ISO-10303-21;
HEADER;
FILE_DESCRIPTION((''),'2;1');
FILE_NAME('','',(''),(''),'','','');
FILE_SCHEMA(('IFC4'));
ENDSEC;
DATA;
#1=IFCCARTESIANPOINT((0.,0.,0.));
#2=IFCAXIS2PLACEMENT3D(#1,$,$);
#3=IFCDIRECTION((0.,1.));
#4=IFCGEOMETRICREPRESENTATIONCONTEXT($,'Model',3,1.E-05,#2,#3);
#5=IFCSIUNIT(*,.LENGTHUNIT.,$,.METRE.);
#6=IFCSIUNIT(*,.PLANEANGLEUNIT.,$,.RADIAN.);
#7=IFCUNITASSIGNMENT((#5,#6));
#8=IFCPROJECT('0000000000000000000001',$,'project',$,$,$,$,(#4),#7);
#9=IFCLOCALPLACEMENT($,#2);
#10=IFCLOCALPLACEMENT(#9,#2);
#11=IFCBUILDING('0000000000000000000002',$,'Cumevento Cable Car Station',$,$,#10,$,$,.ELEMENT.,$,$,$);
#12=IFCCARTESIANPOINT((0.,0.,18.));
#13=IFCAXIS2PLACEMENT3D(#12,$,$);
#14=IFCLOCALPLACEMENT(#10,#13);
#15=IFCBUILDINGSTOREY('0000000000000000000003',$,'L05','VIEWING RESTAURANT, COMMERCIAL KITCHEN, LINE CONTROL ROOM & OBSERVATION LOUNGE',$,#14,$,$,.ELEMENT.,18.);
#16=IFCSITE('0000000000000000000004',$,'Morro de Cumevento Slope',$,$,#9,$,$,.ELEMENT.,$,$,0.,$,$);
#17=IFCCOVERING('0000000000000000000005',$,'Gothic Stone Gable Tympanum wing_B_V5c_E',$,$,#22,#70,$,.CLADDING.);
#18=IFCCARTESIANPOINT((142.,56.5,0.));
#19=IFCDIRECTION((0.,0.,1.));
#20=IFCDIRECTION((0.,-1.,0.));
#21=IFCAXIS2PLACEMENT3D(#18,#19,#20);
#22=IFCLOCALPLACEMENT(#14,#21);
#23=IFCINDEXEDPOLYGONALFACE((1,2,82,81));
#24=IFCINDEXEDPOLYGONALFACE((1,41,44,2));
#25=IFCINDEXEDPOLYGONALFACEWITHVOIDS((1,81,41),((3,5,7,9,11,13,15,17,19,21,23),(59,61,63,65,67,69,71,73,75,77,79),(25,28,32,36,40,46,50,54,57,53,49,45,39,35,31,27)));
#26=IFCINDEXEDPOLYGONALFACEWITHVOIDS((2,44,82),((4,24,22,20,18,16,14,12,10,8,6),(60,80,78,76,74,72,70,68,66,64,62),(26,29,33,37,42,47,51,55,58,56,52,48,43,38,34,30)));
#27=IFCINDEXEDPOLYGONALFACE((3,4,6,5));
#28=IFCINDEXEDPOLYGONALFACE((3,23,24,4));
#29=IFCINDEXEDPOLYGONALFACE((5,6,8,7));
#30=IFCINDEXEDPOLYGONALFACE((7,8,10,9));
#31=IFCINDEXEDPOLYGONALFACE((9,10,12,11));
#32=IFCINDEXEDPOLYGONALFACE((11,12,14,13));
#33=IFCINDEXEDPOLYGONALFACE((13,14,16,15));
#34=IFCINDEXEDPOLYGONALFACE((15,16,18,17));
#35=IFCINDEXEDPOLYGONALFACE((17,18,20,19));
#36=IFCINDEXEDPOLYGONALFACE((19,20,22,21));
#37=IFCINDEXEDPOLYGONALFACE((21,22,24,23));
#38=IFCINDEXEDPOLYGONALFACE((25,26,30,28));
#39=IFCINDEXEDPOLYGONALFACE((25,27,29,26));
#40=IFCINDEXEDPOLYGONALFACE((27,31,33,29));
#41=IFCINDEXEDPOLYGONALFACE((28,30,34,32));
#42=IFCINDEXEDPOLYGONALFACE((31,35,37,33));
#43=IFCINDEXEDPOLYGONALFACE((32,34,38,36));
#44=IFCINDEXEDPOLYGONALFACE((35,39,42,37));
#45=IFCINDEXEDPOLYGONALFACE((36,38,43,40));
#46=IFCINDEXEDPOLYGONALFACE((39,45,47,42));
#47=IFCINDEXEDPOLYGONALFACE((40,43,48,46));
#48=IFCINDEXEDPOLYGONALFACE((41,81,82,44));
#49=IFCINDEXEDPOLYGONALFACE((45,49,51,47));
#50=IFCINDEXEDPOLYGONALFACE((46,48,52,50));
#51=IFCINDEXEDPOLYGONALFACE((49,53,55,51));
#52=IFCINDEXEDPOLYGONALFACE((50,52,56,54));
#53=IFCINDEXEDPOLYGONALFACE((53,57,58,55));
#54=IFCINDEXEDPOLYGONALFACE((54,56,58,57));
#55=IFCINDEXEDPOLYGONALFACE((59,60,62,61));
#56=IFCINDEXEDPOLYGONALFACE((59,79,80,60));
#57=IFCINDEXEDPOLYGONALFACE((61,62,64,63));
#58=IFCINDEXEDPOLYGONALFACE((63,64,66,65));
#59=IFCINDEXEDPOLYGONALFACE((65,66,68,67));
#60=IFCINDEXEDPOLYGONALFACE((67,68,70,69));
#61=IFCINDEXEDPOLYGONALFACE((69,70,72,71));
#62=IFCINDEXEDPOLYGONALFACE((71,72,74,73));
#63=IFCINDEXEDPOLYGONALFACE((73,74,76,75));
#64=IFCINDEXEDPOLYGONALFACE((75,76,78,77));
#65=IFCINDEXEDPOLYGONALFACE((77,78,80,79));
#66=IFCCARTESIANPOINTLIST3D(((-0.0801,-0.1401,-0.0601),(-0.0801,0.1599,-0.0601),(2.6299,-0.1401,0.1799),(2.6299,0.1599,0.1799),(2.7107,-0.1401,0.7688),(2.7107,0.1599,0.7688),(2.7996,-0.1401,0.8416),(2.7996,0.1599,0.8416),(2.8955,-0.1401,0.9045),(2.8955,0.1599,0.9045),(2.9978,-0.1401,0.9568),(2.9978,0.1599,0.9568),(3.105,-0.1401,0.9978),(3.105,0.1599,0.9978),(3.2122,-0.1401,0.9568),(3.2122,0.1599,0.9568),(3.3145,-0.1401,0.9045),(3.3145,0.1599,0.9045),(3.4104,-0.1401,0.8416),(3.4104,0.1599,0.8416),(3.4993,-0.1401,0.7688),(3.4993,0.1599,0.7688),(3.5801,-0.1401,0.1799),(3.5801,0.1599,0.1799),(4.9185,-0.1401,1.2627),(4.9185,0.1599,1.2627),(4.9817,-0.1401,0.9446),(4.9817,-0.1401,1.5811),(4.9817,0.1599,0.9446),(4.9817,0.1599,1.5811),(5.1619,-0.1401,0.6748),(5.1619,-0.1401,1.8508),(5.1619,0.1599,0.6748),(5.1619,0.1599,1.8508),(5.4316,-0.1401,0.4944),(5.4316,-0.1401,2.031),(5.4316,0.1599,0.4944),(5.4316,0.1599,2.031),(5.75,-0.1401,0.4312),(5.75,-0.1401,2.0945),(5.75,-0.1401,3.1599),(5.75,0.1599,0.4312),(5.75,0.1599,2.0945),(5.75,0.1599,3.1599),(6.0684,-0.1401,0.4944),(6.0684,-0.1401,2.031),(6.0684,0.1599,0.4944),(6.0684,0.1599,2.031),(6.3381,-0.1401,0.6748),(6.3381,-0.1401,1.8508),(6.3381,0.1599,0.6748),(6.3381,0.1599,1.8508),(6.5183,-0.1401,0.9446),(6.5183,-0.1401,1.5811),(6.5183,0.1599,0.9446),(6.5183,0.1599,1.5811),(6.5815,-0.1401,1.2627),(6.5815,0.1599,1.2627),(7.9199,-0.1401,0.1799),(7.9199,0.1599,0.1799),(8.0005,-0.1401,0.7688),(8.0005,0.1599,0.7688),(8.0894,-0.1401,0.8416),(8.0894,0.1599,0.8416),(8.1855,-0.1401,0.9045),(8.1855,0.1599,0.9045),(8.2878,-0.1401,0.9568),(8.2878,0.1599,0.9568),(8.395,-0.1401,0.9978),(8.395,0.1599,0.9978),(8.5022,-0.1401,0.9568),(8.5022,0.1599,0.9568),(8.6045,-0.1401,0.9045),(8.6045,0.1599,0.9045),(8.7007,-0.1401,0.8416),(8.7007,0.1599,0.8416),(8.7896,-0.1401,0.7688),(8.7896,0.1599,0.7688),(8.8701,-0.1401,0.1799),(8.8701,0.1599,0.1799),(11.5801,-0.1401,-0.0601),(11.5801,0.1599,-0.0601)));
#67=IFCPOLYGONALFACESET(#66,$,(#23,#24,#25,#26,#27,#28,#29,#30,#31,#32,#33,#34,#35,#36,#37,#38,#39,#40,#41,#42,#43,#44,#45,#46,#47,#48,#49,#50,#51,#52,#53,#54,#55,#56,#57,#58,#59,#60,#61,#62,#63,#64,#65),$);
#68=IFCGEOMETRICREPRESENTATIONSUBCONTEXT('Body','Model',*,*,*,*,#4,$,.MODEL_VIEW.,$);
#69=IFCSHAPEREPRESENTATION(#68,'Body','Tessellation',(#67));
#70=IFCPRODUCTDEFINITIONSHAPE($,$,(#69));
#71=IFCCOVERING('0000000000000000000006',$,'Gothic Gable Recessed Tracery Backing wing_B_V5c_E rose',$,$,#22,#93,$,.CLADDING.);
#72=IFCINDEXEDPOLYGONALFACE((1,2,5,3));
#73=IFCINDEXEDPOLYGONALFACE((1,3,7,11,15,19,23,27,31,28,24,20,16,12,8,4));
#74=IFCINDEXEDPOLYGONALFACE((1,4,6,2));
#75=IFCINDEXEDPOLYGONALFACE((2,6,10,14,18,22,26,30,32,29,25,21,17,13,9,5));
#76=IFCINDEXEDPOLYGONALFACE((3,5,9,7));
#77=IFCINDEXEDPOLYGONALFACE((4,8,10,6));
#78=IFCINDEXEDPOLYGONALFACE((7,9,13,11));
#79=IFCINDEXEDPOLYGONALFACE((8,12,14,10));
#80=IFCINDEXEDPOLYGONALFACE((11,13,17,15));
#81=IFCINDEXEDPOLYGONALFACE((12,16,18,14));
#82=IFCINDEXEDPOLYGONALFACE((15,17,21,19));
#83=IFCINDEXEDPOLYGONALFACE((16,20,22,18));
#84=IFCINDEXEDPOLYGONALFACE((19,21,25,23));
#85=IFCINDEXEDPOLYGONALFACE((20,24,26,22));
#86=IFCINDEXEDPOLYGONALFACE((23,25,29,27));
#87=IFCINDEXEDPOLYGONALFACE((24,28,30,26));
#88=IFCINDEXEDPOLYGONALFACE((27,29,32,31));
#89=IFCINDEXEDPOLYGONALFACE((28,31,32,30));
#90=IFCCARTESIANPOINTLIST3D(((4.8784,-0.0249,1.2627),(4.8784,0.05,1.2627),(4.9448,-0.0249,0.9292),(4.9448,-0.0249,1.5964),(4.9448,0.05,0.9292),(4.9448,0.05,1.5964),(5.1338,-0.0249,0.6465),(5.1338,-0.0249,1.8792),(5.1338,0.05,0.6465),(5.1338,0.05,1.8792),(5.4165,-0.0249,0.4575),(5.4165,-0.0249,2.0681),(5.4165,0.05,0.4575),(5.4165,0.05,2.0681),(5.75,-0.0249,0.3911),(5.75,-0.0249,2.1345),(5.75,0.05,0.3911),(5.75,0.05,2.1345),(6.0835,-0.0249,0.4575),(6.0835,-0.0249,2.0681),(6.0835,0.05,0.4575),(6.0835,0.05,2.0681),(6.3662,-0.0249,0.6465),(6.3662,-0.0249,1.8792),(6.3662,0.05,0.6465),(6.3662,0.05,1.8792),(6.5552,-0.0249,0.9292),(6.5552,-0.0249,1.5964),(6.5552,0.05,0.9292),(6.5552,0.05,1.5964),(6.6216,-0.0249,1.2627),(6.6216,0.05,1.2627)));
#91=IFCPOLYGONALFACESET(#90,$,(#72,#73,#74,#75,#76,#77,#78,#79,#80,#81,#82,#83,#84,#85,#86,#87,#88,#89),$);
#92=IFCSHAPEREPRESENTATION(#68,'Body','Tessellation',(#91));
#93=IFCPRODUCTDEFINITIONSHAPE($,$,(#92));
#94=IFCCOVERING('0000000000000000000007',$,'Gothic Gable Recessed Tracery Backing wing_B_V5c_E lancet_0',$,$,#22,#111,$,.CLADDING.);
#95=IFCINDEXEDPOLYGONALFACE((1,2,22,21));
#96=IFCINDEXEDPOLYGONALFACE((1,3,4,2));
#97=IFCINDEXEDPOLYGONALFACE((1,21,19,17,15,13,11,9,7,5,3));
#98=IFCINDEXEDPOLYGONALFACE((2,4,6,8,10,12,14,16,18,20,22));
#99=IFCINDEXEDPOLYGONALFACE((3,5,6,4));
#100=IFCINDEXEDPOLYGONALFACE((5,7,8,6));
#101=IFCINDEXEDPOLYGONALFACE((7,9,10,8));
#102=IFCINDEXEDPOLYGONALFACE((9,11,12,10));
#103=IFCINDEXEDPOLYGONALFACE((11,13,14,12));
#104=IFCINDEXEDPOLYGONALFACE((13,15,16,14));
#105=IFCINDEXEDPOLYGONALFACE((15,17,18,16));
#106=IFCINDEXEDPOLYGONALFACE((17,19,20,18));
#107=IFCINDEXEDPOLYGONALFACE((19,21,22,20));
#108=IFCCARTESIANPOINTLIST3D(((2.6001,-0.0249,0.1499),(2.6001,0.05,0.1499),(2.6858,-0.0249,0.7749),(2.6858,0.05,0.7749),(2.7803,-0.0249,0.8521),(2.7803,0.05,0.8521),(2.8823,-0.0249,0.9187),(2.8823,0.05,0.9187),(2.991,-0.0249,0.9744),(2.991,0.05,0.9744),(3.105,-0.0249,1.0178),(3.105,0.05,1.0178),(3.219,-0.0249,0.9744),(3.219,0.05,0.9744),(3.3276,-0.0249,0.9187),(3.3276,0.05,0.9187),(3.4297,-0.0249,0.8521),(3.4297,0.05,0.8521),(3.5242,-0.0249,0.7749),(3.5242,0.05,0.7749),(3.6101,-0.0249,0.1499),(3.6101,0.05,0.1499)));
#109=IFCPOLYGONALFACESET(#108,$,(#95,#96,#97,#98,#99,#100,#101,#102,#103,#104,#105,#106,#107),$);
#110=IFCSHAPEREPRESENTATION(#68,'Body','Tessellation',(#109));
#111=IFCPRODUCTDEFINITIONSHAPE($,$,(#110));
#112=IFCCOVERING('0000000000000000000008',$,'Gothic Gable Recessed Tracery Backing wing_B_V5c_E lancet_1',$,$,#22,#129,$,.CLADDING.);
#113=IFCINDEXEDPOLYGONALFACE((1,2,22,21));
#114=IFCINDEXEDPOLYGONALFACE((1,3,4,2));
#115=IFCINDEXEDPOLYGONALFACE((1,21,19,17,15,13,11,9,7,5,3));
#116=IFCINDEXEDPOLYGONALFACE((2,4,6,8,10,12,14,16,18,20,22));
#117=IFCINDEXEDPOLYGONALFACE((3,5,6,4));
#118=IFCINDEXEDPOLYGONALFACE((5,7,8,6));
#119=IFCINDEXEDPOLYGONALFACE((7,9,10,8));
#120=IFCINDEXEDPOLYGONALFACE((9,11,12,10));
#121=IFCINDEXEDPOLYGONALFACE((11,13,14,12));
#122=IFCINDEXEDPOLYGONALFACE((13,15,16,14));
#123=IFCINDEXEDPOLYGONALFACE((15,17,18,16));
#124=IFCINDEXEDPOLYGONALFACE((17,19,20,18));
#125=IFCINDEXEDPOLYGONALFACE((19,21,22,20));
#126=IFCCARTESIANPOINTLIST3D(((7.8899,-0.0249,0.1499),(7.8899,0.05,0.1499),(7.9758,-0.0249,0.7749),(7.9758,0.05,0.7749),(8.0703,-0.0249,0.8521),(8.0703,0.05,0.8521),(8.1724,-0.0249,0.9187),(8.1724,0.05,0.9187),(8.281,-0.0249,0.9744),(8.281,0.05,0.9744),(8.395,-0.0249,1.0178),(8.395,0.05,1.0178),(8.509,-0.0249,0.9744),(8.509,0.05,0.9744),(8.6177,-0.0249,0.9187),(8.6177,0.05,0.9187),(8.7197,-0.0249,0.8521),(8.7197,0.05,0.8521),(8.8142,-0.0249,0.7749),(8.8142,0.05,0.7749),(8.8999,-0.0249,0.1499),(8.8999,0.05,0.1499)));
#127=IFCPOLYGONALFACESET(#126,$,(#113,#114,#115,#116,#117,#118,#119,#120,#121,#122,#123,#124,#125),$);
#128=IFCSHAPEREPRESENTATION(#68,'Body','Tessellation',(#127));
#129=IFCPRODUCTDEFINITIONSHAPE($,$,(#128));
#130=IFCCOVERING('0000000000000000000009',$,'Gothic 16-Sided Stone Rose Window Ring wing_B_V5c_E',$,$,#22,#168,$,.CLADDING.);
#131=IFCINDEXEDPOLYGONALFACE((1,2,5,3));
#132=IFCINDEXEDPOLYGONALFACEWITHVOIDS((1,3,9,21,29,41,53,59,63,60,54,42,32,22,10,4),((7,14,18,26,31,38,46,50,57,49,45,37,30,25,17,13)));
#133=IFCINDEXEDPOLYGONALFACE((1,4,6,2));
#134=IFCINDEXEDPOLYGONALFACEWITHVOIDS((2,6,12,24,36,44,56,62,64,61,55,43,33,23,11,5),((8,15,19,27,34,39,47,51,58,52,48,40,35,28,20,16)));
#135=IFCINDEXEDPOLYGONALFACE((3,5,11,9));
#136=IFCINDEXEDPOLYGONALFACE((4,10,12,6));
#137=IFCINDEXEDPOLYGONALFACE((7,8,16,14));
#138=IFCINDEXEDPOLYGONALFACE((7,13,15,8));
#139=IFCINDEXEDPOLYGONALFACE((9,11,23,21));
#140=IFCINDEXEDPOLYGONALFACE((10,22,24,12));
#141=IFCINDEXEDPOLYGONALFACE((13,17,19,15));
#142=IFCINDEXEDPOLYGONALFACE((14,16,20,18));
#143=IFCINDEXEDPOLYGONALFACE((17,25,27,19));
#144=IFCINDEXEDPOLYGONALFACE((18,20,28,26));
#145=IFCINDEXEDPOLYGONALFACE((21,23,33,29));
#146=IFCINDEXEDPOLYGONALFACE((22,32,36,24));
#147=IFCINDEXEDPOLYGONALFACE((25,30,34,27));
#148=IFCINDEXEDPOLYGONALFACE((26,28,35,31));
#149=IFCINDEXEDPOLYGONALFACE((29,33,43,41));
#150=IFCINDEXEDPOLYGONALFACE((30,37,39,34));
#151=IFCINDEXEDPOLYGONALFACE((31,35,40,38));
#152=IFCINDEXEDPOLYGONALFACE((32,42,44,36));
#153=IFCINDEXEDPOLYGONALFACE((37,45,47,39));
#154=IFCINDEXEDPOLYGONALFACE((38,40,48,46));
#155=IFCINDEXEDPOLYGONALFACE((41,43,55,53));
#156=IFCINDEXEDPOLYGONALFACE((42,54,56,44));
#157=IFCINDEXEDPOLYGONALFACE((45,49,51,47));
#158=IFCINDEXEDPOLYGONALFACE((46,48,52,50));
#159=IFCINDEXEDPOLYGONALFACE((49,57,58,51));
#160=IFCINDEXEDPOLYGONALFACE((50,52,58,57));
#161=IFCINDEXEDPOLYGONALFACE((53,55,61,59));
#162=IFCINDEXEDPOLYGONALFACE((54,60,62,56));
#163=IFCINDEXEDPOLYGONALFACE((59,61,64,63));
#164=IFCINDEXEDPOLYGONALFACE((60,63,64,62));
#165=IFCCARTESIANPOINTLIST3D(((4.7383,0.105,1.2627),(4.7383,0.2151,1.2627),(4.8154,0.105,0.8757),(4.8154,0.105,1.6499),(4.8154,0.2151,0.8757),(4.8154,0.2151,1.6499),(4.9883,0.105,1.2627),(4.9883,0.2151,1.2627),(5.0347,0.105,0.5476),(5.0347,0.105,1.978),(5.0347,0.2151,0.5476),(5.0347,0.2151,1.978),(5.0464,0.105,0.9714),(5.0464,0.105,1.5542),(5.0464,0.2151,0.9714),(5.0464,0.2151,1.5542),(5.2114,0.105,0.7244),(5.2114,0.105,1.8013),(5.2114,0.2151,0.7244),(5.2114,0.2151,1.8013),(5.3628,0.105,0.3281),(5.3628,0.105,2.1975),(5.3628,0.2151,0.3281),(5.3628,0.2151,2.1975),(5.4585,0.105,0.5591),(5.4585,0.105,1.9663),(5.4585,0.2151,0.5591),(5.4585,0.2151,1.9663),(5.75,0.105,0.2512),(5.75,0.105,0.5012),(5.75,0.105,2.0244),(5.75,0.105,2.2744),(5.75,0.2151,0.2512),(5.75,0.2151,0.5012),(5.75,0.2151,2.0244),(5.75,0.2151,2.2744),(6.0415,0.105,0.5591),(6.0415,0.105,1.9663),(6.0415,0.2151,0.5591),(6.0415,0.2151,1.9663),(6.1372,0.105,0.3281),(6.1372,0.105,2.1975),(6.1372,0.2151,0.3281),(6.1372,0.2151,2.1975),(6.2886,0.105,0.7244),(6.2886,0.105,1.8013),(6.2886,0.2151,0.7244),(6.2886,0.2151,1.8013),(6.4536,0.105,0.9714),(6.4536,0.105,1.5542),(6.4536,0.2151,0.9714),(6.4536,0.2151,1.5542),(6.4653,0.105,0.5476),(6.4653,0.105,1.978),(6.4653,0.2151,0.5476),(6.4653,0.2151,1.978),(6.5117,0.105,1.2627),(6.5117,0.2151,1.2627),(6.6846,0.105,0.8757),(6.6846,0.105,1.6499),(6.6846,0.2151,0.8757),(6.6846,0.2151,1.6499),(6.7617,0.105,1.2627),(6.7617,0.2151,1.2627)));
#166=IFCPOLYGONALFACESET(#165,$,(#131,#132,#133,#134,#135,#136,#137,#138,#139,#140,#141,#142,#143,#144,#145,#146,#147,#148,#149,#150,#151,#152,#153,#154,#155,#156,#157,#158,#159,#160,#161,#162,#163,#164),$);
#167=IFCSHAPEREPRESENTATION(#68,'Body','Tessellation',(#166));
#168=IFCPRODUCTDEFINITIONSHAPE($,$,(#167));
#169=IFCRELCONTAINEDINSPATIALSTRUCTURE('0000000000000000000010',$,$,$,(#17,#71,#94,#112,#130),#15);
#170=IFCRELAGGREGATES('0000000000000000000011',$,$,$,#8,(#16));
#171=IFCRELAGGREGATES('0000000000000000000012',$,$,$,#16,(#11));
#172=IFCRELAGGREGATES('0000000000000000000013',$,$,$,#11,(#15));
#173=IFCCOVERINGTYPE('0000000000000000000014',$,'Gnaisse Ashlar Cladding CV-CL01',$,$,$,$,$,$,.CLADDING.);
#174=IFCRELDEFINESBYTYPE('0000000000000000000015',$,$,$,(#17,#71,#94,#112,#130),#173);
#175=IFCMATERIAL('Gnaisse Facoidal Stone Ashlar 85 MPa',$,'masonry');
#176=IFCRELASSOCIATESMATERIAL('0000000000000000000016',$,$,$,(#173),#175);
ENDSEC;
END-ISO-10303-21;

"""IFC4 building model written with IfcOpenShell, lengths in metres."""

from ifc_helpers import new_model, si_unit, direction, frame, origin, place, context, subcontext, project, spatial, polyline, outline, extrude, material, type_object, element, save


model = new_model("IFC4")

# Units and contexts
model_context = context("Model", 3, precision=1e-05, world=origin(), true_north=direction((0.0, 1.0)))
body_context = subcontext(model_context, "Body", "Model", "MODEL_VIEW")
ifc_project = project(units=[si_unit("LENGTHUNIT", "METRE"), si_unit("PLANEANGLEUNIT", "RADIAN")], contexts=[model_context])

# Site, building, storey
site_placement = place(None, origin())
site = spatial("IfcSite", under=ifc_project, at=site_placement, Name="Morro de Cumevento Slope", CompositionType="ELEMENT", RefElevation=0.0)
building_placement = place(site_placement, origin())
building = spatial("IfcBuilding", under=site, at=building_placement, Name="Cumevento Cable Car Station", CompositionType="ELEMENT")
storey_placement = place(building_placement, frame((0.0, 0.0, 18.0)))
storey = spatial("IfcBuildingStorey", under=building, at=storey_placement, Name="L05", Description="VIEWING RESTAURANT, COMMERCIAL KITCHEN, LINE CONTROL ROOM & OBSERVATION LOUNGE", CompositionType="ELEMENT", Elevation=18.0)

# Coverings
ifc_material_1 = material(Name="Gnaisse Facoidal Stone Ashlar 85 MPa", Category="masonry")
covering_type = type_object("IfcCoveringType", Name="Gnaisse Ashlar Cladding CV-CL01", PredefinedType="CLADDING", material=ifc_material_1)
placement = place(storey_placement, frame((142.0, 56.5, 0.0), z_axis=(0.0, 0.0, 1.0), x_axis=(0.0, -1.0, 0.0)))
element("IfcCovering", 1, at=placement, inside=storey, type_object=covering_type, Name="Gothic Stone Gable Tympanum wing_B_V5c_E", PredefinedType="CLADDING", context=body_context, shape_type="SweptSolid", body=[
    extrude(outline(polyline([(-0.0801, -0.0601), (11.5801, -0.0601), (5.75, 3.1599), (-0.0801, -0.0601)]), holes=[polyline([(6.5815, 1.2627), (6.5183, 1.5811), (6.3381, 1.8508), (6.0684, 2.031), (5.75, 2.0945), (5.4316, 2.031), (5.1619, 1.8508), (4.9817, 1.5811), (4.9185, 1.2627), (4.9817, 0.9446), (5.1619, 0.6748), (5.4316, 0.4944), (5.75, 0.4312), (6.0684, 0.4944), (6.3381, 0.6748), (6.5183, 0.9446), (6.5815, 1.2627)]), polyline([(2.6299, 0.1799), (3.5801, 0.1799), (3.4993, 0.7688), (3.4104, 0.8416), (3.3145, 0.9045), (3.2122, 0.9568), (3.105, 0.9978), (2.9978, 0.9568), (2.8955, 0.9045), (2.7996, 0.8416), (2.7107, 0.7688), (2.6299, 0.1799)]), polyline([(7.9199, 0.1799), (8.8701, 0.1799), (8.7896, 0.7688), (8.7007, 0.8416), (8.6045, 0.9045), (8.5022, 0.9568), (8.395, 0.9978), (8.2878, 0.9568), (8.1855, 0.9045), (8.0894, 0.8416), (8.0005, 0.7688), (7.9199, 0.1799)])]), frame((0.0, 0.1599, 0.0), z_axis=(0.0, -1.0, 0.0), x_axis=(1.0, 0.0, 0.0)), (0.0, 0.0, 1.0), 0.3),
])
element("IfcCovering", 2, at=placement, inside=storey, type_object=covering_type, Name="Gothic Gable Recessed Tracery Backing wing_B_V5c_E rose", PredefinedType="CLADDING", context=body_context, shape_type="SweptSolid", body=[
    extrude(outline(polyline([(6.6216, 1.2627), (6.5552, 1.5964), (6.3662, 1.8792), (6.0835, 2.0681), (5.75, 2.1345), (5.4165, 2.0681), (5.1338, 1.8792), (4.9448, 1.5964), (4.8784, 1.2627), (4.9448, 0.9292), (5.1338, 0.6465), (5.4165, 0.4575), (5.75, 0.3911), (6.0835, 0.4575), (6.3662, 0.6465), (6.5552, 0.9292), (6.6216, 1.2627)])), frame((0.0, 0.05, 0.0), z_axis=(0.0, -1.0, 0.0), x_axis=(1.0, 0.0, 0.0)), (0.0, 0.0, 1.0), 0.075),
])
element("IfcCovering", 3, at=placement, inside=storey, type_object=covering_type, Name="Gothic Gable Recessed Tracery Backing wing_B_V5c_E lancet_0", PredefinedType="CLADDING", context=body_context, shape_type="SweptSolid", body=[
    extrude(outline(polyline([(2.6001, 0.1499), (3.6101, 0.1499), (3.5242, 0.7749), (3.4297, 0.8521), (3.3276, 0.9187), (3.219, 0.9744), (3.105, 1.0178), (2.991, 0.9744), (2.8823, 0.9187), (2.7803, 0.8521), (2.6858, 0.7749), (2.6001, 0.1499)])), frame((0.0, 0.05, 0.0), z_axis=(0.0, -1.0, 0.0), x_axis=(1.0, 0.0, 0.0)), (0.0, 0.0, 1.0), 0.075),
])
element("IfcCovering", 4, at=placement, inside=storey, type_object=covering_type, Name="Gothic Gable Recessed Tracery Backing wing_B_V5c_E lancet_1", PredefinedType="CLADDING", context=body_context, shape_type="SweptSolid", body=[
    extrude(outline(polyline([(7.8899, 0.1499), (8.8999, 0.1499), (8.8142, 0.7749), (8.7197, 0.8521), (8.6177, 0.9187), (8.509, 0.9744), (8.395, 1.0178), (8.281, 0.9744), (8.1724, 0.9187), (8.0703, 0.8521), (7.9758, 0.7749), (7.8899, 0.1499)])), frame((0.0, 0.05, 0.0), z_axis=(0.0, -1.0, 0.0), x_axis=(1.0, 0.0, 0.0)), (0.0, 0.0, 1.0), 0.075),
])
element("IfcCovering", 5, at=placement, inside=storey, type_object=covering_type, Name="Gothic 16-Sided Stone Rose Window Ring wing_B_V5c_E", PredefinedType="CLADDING", context=body_context, shape_type="SweptSolid", body=[
    extrude(outline(polyline([(6.7617, 1.2627), (6.6846, 1.6499), (6.4653, 1.978), (6.1372, 2.1975), (5.75, 2.2744), (5.3628, 2.1975), (5.0347, 1.978), (4.8154, 1.6499), (4.7383, 1.2627), (4.8154, 0.8757), (5.0347, 0.5476), (5.3628, 0.3281), (5.75, 0.2512), (6.1372, 0.3281), (6.4653, 0.5476), (6.6846, 0.8757), (6.7617, 1.2627)]), holes=[polyline([(6.5117, 1.2627), (6.4536, 1.5542), (6.2886, 1.8013), (6.0415, 1.9663), (5.75, 2.0244), (5.4585, 1.9663), (5.2114, 1.8013), (5.0464, 1.5542), (4.9883, 1.2627), (5.0464, 0.9714), (5.2114, 0.7244), (5.4585, 0.5591), (5.75, 0.5012), (6.0415, 0.5591), (6.2886, 0.7244), (6.4536, 0.9714), (6.5117, 1.2627)])]), frame((0.0, 0.2151, 0.0), z_axis=(0.0, -1.0, 0.0), x_axis=(1.0, 0.0, 0.0)), (0.0, 0.0, 1.0), 0.1101),
])

save(model, "model.ifc")
